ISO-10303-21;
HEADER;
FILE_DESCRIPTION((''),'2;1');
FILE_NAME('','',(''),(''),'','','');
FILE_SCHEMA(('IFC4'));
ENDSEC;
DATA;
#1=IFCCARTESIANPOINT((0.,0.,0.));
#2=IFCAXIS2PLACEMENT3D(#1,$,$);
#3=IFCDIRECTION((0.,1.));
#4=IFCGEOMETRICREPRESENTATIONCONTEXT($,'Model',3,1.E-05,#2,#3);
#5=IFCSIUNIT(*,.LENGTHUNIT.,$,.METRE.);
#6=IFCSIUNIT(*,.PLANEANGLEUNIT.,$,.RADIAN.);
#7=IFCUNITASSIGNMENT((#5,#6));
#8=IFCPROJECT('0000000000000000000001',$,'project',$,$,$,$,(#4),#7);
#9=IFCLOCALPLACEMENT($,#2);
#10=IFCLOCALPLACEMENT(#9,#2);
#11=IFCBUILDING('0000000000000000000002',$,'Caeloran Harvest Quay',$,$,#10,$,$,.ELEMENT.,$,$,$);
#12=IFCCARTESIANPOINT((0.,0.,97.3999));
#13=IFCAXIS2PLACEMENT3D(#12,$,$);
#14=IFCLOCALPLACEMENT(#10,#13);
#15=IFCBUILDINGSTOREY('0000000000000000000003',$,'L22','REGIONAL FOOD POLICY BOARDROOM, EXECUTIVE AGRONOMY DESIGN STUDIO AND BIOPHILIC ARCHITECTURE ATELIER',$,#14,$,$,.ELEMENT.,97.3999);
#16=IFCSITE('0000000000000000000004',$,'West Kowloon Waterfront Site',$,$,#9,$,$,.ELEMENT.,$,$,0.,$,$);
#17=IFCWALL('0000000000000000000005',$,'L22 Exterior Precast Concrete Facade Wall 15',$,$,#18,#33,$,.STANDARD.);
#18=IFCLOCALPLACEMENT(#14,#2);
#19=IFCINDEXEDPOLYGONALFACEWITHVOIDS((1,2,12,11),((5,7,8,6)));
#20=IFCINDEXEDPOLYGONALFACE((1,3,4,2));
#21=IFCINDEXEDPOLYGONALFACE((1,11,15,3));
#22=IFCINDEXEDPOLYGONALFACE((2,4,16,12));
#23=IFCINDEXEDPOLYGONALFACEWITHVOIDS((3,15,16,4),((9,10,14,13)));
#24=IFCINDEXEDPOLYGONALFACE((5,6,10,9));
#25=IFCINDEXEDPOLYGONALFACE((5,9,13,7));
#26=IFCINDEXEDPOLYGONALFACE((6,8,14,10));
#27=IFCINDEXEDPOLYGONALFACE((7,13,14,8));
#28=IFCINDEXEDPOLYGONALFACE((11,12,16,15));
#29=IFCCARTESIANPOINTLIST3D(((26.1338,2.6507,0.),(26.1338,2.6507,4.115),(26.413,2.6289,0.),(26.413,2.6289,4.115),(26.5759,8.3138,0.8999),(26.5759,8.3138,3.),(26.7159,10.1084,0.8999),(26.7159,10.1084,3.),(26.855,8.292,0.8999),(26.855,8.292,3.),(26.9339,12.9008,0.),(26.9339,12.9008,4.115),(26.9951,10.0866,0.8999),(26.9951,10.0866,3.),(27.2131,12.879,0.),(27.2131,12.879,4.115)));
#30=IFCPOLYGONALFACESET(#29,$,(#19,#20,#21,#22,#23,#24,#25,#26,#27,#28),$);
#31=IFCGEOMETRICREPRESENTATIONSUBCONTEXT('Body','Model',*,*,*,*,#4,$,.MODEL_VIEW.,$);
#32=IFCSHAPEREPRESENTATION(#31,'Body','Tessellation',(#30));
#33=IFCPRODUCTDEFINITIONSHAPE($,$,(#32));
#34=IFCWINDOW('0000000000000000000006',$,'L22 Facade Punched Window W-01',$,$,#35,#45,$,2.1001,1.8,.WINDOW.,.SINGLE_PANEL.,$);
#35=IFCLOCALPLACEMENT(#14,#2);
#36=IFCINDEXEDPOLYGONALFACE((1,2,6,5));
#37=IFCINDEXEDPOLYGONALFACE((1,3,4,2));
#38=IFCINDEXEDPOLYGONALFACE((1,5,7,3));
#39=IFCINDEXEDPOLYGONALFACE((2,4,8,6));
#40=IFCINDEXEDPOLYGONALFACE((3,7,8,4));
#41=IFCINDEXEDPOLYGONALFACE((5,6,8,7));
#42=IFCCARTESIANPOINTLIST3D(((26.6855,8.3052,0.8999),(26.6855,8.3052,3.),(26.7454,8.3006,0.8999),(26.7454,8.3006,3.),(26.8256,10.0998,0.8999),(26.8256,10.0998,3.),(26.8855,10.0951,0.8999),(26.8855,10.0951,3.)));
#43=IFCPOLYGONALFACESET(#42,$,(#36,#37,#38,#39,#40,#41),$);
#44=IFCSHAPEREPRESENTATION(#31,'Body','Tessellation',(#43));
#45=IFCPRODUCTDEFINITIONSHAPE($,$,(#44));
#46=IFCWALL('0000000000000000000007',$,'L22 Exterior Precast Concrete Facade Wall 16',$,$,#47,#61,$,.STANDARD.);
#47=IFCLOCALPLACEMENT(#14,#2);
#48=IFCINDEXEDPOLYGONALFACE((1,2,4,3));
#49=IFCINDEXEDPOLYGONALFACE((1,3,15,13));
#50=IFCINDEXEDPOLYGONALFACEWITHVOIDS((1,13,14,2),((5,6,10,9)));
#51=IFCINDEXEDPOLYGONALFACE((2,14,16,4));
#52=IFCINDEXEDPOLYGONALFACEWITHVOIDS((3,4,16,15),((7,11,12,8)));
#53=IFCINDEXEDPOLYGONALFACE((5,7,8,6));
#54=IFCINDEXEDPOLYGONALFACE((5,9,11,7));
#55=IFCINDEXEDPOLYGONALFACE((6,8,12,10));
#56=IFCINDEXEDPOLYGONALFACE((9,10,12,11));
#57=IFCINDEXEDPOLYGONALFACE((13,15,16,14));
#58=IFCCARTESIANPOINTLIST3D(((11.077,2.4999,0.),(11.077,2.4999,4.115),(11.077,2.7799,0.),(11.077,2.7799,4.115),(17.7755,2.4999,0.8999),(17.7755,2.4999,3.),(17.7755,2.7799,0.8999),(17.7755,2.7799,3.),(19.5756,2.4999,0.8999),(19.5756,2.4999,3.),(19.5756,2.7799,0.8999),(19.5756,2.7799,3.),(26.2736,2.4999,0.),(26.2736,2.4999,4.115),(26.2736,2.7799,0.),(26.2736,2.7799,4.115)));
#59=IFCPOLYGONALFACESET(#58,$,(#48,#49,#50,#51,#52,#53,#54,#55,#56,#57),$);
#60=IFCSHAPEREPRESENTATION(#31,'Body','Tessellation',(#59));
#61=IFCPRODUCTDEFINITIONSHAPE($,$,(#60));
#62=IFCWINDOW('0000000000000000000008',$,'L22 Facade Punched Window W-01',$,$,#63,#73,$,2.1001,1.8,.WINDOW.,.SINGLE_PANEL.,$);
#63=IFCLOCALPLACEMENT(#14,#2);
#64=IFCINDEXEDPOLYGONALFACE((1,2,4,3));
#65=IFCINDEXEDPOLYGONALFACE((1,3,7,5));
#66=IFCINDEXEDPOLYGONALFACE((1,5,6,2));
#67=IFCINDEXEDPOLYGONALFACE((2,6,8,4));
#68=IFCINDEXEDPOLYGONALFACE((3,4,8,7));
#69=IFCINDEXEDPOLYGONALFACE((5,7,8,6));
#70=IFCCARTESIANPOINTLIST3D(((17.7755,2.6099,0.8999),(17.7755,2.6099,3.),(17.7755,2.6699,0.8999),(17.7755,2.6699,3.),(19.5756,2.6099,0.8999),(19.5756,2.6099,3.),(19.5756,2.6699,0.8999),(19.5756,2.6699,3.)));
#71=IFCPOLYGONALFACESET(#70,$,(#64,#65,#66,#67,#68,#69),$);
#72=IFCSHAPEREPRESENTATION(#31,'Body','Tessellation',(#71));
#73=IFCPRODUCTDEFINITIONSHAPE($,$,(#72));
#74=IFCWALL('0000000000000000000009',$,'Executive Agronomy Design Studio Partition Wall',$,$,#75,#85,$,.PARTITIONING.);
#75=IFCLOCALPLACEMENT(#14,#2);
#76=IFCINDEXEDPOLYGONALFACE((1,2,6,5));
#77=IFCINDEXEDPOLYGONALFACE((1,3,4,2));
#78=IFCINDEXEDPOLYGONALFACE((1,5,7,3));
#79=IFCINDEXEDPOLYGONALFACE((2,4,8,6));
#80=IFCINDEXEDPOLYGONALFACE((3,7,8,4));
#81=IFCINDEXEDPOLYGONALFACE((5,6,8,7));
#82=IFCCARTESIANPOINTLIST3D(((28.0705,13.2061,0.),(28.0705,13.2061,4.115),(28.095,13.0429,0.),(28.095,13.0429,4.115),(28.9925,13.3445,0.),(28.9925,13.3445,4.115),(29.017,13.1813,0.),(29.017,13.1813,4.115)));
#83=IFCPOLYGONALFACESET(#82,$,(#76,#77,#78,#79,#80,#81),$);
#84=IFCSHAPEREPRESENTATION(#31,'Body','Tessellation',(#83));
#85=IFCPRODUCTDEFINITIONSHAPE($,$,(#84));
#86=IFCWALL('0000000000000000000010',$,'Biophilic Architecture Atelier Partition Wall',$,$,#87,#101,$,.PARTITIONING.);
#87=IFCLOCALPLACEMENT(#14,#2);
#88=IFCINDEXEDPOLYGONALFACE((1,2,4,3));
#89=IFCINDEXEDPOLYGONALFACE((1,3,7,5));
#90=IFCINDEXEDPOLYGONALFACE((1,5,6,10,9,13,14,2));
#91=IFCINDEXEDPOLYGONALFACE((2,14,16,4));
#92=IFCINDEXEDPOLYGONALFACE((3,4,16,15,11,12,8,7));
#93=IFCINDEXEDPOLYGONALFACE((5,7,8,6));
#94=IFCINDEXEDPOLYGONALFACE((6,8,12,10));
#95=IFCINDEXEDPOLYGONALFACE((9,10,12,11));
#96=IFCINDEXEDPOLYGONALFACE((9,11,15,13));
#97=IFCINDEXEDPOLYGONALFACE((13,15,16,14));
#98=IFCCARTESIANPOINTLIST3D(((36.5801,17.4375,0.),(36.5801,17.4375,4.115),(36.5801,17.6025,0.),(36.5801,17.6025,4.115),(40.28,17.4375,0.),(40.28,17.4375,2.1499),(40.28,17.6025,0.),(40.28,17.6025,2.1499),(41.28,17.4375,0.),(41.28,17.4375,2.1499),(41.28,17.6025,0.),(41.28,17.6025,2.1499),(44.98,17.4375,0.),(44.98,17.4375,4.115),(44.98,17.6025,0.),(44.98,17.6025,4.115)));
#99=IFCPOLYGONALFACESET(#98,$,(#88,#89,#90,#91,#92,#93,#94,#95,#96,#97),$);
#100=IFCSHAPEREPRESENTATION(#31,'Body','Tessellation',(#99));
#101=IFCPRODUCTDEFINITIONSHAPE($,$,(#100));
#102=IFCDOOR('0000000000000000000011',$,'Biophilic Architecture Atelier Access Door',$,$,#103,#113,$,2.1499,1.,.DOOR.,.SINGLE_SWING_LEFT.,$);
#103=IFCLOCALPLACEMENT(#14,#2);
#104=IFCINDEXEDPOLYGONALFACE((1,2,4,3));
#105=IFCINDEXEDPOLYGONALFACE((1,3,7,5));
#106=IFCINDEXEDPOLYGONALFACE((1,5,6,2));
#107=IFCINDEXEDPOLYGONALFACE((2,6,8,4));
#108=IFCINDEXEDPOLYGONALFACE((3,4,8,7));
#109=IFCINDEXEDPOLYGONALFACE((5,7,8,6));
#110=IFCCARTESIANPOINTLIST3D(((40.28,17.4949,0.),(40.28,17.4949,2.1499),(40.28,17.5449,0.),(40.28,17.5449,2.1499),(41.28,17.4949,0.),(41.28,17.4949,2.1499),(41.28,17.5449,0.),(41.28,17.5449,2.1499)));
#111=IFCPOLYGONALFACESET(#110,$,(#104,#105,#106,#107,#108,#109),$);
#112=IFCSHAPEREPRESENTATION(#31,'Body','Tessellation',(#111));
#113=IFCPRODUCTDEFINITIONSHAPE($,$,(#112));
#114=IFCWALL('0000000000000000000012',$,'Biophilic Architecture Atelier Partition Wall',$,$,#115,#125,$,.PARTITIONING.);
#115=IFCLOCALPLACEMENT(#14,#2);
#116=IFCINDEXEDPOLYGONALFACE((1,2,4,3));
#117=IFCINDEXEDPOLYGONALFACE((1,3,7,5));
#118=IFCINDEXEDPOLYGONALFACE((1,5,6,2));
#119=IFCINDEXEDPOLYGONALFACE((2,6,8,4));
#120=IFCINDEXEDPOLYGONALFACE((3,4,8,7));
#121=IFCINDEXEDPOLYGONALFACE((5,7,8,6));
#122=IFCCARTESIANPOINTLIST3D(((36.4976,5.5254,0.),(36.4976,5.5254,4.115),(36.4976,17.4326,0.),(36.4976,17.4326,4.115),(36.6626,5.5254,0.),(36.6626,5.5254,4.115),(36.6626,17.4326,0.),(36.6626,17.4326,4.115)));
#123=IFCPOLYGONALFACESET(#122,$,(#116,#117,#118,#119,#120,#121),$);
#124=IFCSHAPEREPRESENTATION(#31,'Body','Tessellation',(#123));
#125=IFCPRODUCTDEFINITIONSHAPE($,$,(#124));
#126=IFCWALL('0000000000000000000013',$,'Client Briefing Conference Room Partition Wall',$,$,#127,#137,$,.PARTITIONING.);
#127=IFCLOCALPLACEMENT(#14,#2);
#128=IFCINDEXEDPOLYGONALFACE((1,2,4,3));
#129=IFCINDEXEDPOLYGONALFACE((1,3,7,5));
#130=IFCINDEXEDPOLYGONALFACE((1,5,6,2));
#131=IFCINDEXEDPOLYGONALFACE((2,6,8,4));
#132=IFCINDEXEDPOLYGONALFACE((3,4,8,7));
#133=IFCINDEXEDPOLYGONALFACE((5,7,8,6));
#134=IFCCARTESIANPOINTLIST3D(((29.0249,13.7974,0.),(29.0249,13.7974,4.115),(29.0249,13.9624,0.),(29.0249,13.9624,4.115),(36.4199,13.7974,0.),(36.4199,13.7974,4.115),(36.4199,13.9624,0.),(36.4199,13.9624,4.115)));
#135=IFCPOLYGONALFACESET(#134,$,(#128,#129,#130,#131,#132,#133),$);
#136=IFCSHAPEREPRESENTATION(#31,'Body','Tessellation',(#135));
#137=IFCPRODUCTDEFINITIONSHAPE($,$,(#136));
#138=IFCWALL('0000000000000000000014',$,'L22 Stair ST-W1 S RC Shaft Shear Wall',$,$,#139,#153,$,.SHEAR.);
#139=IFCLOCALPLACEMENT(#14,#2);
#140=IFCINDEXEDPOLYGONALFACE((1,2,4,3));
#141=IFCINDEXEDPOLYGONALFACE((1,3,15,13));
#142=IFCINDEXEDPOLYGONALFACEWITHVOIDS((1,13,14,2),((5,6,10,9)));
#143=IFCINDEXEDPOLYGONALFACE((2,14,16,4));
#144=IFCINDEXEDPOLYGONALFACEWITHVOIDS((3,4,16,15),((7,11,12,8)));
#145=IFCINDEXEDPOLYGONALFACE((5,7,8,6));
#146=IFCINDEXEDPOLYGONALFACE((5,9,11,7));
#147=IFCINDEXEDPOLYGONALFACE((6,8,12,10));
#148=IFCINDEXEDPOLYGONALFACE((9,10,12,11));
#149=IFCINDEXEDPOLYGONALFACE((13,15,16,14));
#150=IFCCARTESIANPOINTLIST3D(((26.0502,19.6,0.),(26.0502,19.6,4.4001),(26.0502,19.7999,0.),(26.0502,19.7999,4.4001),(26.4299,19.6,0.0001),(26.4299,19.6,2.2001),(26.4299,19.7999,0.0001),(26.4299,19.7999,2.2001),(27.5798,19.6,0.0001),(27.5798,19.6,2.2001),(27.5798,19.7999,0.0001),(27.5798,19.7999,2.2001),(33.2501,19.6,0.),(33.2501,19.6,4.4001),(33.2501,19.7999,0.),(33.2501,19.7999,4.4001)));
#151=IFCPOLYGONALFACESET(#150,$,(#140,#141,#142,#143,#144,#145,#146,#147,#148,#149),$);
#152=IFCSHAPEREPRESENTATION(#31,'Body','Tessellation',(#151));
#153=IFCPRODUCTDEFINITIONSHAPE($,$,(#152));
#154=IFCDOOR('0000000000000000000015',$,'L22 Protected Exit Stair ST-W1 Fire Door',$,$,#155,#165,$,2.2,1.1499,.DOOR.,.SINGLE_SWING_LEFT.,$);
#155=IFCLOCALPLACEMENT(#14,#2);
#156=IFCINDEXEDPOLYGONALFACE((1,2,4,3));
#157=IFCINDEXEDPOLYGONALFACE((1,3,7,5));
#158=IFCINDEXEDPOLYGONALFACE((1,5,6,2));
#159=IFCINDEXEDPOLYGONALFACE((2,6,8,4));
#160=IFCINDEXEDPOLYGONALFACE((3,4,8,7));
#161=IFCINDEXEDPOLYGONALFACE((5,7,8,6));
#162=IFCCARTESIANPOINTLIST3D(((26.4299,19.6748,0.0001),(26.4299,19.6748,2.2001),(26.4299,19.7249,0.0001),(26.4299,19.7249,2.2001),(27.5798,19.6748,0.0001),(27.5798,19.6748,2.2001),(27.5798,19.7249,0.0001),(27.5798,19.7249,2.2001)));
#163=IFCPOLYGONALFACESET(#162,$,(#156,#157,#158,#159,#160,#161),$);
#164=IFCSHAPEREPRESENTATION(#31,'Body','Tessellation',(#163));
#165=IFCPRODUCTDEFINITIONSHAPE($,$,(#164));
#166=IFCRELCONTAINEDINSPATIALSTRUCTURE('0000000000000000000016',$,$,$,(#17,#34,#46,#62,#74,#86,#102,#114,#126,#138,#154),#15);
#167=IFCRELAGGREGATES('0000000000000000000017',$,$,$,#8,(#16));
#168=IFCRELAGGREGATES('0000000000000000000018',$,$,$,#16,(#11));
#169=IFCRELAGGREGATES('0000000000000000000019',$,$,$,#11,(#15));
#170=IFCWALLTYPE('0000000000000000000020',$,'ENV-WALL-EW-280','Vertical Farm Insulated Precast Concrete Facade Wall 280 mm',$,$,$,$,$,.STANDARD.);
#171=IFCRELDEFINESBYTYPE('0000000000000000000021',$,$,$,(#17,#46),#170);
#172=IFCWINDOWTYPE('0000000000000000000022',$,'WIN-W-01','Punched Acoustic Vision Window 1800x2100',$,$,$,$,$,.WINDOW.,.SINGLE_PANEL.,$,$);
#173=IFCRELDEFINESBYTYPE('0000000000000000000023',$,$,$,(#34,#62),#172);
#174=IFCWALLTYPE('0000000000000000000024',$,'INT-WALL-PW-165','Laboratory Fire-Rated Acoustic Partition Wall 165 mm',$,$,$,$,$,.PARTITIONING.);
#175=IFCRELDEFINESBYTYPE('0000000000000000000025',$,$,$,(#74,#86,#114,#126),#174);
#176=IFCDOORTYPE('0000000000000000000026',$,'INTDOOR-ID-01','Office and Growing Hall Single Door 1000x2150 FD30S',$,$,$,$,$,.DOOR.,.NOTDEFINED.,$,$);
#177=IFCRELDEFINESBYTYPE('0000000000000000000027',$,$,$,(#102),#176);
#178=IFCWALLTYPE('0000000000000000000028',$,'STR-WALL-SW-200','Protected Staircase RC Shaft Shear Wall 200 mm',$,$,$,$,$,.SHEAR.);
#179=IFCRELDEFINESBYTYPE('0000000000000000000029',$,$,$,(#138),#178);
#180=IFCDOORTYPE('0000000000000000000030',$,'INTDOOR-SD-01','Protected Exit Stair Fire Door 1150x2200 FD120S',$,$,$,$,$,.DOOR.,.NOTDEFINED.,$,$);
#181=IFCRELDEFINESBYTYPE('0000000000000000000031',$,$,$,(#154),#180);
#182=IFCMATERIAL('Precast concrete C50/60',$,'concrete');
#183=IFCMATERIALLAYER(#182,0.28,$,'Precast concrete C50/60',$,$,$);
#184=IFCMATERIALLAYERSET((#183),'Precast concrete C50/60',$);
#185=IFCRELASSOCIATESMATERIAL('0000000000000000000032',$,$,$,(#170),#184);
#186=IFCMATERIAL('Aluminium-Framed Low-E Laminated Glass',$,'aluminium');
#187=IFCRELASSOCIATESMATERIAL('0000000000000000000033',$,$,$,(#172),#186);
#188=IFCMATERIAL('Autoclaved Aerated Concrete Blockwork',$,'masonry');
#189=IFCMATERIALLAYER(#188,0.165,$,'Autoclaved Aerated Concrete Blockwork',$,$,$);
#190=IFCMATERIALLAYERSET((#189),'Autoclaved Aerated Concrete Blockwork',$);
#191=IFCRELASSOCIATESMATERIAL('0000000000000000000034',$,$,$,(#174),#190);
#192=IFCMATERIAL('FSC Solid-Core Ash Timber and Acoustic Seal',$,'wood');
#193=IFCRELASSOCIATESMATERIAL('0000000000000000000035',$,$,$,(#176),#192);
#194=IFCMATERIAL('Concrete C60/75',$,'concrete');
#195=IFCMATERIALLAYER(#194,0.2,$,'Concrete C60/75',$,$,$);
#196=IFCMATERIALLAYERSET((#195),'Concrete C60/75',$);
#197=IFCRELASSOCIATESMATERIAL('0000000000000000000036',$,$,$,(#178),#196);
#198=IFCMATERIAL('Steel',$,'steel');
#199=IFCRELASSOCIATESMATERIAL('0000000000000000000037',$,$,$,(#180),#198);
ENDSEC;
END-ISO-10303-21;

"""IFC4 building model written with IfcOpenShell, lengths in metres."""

from ifc_helpers import new_model, si_unit, direction, frame, frame_2d, origin, place, context, subcontext, project, spatial, rectangle, extrude, material, layer, layer_set, type_object, element, fill, save


model = new_model("IFC4")

# Units and contexts
model_context = context("Model", 3, precision=1e-05, world=origin(), true_north=direction((0.0, 1.0)))
body_context = subcontext(model_context, "Body", "Model", "MODEL_VIEW")
ifc_project = project(units=[si_unit("LENGTHUNIT", "METRE"), si_unit("PLANEANGLEUNIT", "RADIAN")], contexts=[model_context])

# Site, building, storey
site_placement = place(None, origin())
site = spatial("IfcSite", under=ifc_project, at=site_placement, Name="West Kowloon Waterfront Site", CompositionType="ELEMENT", RefElevation=0.0)
building_placement = place(site_placement, origin())
building = spatial("IfcBuilding", under=site, at=building_placement, Name="Caeloran Harvest Quay", CompositionType="ELEMENT")
storey_placement = place(building_placement, frame((0.0, 0.0, 97.3999)))
storey = spatial("IfcBuildingStorey", under=building, at=storey_placement, Name="L22", Description="REGIONAL FOOD POLICY BOARDROOM, EXECUTIVE AGRONOMY DESIGN STUDIO AND BIOPHILIC ARCHITECTURE ATELIER", CompositionType="ELEMENT", Elevation=97.3999)

# Shared definitions
ifc_material_1 = material(Name="Precast concrete C50/60", Category="concrete")

# Walls, openings, windows
ifc_layer_1 = layer(ifc_material_1, 0.28, Name="Precast concrete C50/60")
ifc_layer_set_1 = layer_set([ifc_layer_1], Name="Precast concrete C50/60")
wall_type_1 = type_object("IfcWallType", Name="ENV-WALL-EW-280", Description="Vertical Farm Insulated Precast Concrete Facade Wall 280 mm", PredefinedType="STANDARD", material=ifc_layer_set_1)
ifc_material_2 = material(Name="Aluminium-Framed Low-E Laminated Glass", Category="aluminium")
window_type = type_object("IfcWindowType", Name="WIN-W-01", Description="Punched Acoustic Vision Window 1800x2100", PartitioningType="SINGLE_PANEL", PredefinedType="WINDOW", material=ifc_material_2)
wall_1_placement = place(storey_placement, frame((27.0735, 12.8899, 0.0), z_axis=(0.0, 0.0, 1.0), x_axis=(-0.077817, -0.996968, 0.0)))
wall_1 = element("IfcWall", 1, at=wall_1_placement, inside=storey, type_object=wall_type_1, Name="L22 Exterior Precast Concrete Facade Wall 15", PredefinedType="STANDARD", context=body_context, shape_type="SweptSolid", body=[
    extrude(rectangle(XDim=10.2812, YDim=0.28, at=frame_2d((5.1406, 0.0))), origin(), (0.0, 0.0, 1.0), 4.115),
])
opening_1_placement = place(wall_1_placement, frame((2.801, 0.0, 0.8999)))
opening_1 = element("IfcOpeningElement", 2, at=opening_1_placement, cuts=wall_1, PredefinedType="OPENING", context=body_context, shape_type="SweptSolid", body=[
    extrude(rectangle(XDim=1.8, YDim=2.1001, at=frame_2d((0.8999, 1.05))), frame((0.0, 0.1499, 0.0), z_axis=(0.0, -1.0, 0.0), x_axis=(1.0, 0.0, 0.0)), (0.0, 0.0, 1.0), 0.3),
])
window_1_placement = place(opening_1_placement, origin())
window_1 = element("IfcWindow", 3, at=window_1_placement, inside=storey, type_object=window_type, Name="L22 Facade Punched Window W-01", OverallHeight=2.1001, OverallWidth=1.8, PartitioningType="SINGLE_PANEL", PredefinedType="WINDOW", context=body_context, shape_type="SweptSolid", body=[
    extrude(rectangle(XDim=1.8, YDim=2.1001, at=frame_2d((0.8999, 1.05))), frame((0.0, 0.03, 0.0), z_axis=(0.0, -1.0, 0.0), x_axis=(1.0, 0.0, 0.0)), (0.0, 0.0, 1.0), 0.0601),
])
fill(opening_1, window_1)
wall_2_placement = place(storey_placement, frame((26.2734, 2.6399, 0.0), z_axis=(0.0, 0.0, 1.0), x_axis=(-1.0, 0.0, 0.0)))
wall_2 = element("IfcWall", 4, at=wall_2_placement, inside=storey, type_object=wall_type_1, Name="L22 Exterior Precast Concrete Facade Wall 16", PredefinedType="STANDARD", context=body_context, shape_type="SweptSolid", body=[
    extrude(rectangle(XDim=15.1965, YDim=0.28, at=frame_2d((7.5981, 0.0))), origin(), (0.0, 0.0, 1.0), 4.115),
])
opening_2_placement = place(wall_2_placement, frame((6.698, 0.0, 0.8999)))
opening_2 = element("IfcOpeningElement", 5, at=opening_2_placement, cuts=wall_2, PredefinedType="OPENING", context=body_context, shape_type="SweptSolid", body=[
    extrude(rectangle(XDim=1.8, YDim=2.1001, at=frame_2d((0.8999, 1.05))), frame((0.0, 0.1499, 0.0), z_axis=(0.0, -1.0, 0.0), x_axis=(1.0, 0.0, 0.0)), (0.0, 0.0, 1.0), 0.3),
])
window_2_placement = place(opening_2_placement, origin())
window_2 = element("IfcWindow", 6, at=window_2_placement, inside=storey, type_object=window_type, Name="L22 Facade Punched Window W-01", OverallHeight=2.1001, OverallWidth=1.8, PartitioningType="SINGLE_PANEL", PredefinedType="WINDOW", context=body_context, shape_type="SweptSolid", body=[
    extrude(rectangle(XDim=1.8, YDim=2.1001, at=frame_2d((0.8999, 1.05))), frame((0.0, 0.03, 0.0), z_axis=(0.0, -1.0, 0.0), x_axis=(1.0, 0.0, 0.0)), (0.0, 0.0, 1.0), 0.0601),
])
fill(opening_2, window_2)

# Wall
ifc_material_3 = material(Name="Autoclaved Aerated Concrete Blockwork", Category="masonry")
ifc_layer_2 = layer(ifc_material_3, 0.165, Name="Autoclaved Aerated Concrete Blockwork")
ifc_layer_set_2 = layer_set([ifc_layer_2], Name="Autoclaved Aerated Concrete Blockwork")
wall_type_2 = type_object("IfcWallType", Name="INT-WALL-PW-165", Description="Laboratory Fire-Rated Acoustic Partition Wall 165 mm", PredefinedType="PARTITIONING", material=ifc_layer_set_2)
wall_3_placement = place(storey_placement, frame((29.0049, 13.2629, 0.0), z_axis=(0.0, 0.0, 1.0), x_axis=(-0.988919, -0.148456, 0.0)))
element("IfcWall", 7, at=wall_3_placement, inside=storey, type_object=wall_type_2, Name="Executive Agronomy Design Studio Partition Wall", PredefinedType="PARTITIONING", context=body_context, shape_type="SweptSolid", body=[
    extrude(rectangle(XDim=0.9324, YDim=0.165, at=frame_2d((0.4663, 0.0))), origin(), (0.0, 0.0, 1.0), 4.115),
])

# Wall, opening, door
wall_4_placement = place(storey_placement, frame((36.5801, 17.52, 0.0), z_axis=(0.0, 0.0, 1.0), x_axis=(1.0, 0.0, 0.0)))
wall_4 = element("IfcWall", 8, at=wall_4_placement, inside=storey, type_object=wall_type_2, Name="Biophilic Architecture Atelier Partition Wall", PredefinedType="PARTITIONING", context=body_context, shape_type="SweptSolid", body=[
    extrude(rectangle(XDim=8.3999, YDim=0.165, at=frame_2d((4.2, 0.0))), origin(), (0.0, 0.0, 1.0), 4.115),
])
opening_3_placement = place(wall_4_placement, frame((3.7, 0.0, 0.0)))
opening_3 = element("IfcOpeningElement", 9, at=opening_3_placement, cuts=wall_4, PredefinedType="OPENING", context=body_context, shape_type="SweptSolid", body=[
    extrude(rectangle(XDim=1.0, YDim=2.1499, at=frame_2d((0.5, 1.075))), frame((0.0, 0.0925, 0.0), z_axis=(0.0, -1.0, 0.0), x_axis=(1.0, 0.0, 0.0)), (0.0, 0.0, 1.0), 0.1851),
])
ifc_material_4 = material(Name="FSC Solid-Core Ash Timber and Acoustic Seal", Category="wood")
door_type_1 = type_object("IfcDoorType", Name="INTDOOR-ID-01", Description="Office and Growing Hall Single Door 1000x2150 FD30S", OperationType="NOTDEFINED", PredefinedType="DOOR", material=ifc_material_4)
door_1_placement = place(opening_3_placement, origin())
door_1 = element("IfcDoor", 10, at=door_1_placement, inside=storey, type_object=door_type_1, Name="Biophilic Architecture Atelier Access Door", OperationType="SINGLE_SWING_LEFT", OverallHeight=2.1499, OverallWidth=1.0, PredefinedType="DOOR", context=body_context, shape_type="SweptSolid", body=[
    extrude(rectangle(XDim=1.0, YDim=2.1499, at=frame_2d((0.5, 1.075))), frame((0.0, 0.0249, 0.0), z_axis=(0.0, -1.0, 0.0), x_axis=(1.0, 0.0, 0.0)), (0.0, 0.0, 1.0), 0.05),
])
fill(opening_3, door_1)

# Walls
wall_5_placement = place(storey_placement, frame((36.5801, 5.5254, 0.0), z_axis=(0.0, 0.0, 1.0), x_axis=(0.0, 1.0, 0.0)))
element("IfcWall", 11, at=wall_5_placement, inside=storey, type_object=wall_type_2, Name="Biophilic Architecture Atelier Partition Wall", PredefinedType="PARTITIONING", context=body_context, shape_type="SweptSolid", body=[
    extrude(rectangle(XDim=11.9072, YDim=0.165, at=frame_2d((5.9536, 0.0))), origin(), (0.0, 0.0, 1.0), 4.115),
])
wall_6_placement = place(storey_placement, frame((36.4199, 13.8799, 0.0), z_axis=(0.0, 0.0, 1.0), x_axis=(-1.0, 0.0, 0.0)))
element("IfcWall", 12, at=wall_6_placement, inside=storey, type_object=wall_type_2, Name="Client Briefing Conference Room Partition Wall", PredefinedType="PARTITIONING", context=body_context, shape_type="SweptSolid", body=[
    extrude(rectangle(XDim=7.395, YDim=0.165, at=frame_2d((3.6975, 0.0))), origin(), (0.0, 0.0, 1.0), 4.115),
])

# Wall, opening, door
ifc_material_5 = material(Name="Concrete C60/75", Category="concrete")
ifc_layer_3 = layer(ifc_material_5, 0.2, Name="Concrete C60/75")
ifc_layer_set_3 = layer_set([ifc_layer_3], Name="Concrete C60/75")
wall_type_3 = type_object("IfcWallType", Name="STR-WALL-SW-200", Description="Protected Staircase RC Shaft Shear Wall 200 mm", PredefinedType="SHEAR", material=ifc_layer_set_3)
wall_7_placement = place(storey_placement, frame((26.05, 19.7, 0.0), z_axis=(0.0, 0.0, 1.0), x_axis=(1.0, 0.0, 0.0)))
wall_7 = element("IfcWall", 13, at=wall_7_placement, inside=storey, type_object=wall_type_3, Name="L22 Stair ST-W1 S RC Shaft Shear Wall", PredefinedType="SHEAR", context=body_context, shape_type="SweptSolid", body=[
    extrude(rectangle(XDim=7.2, YDim=0.2, at=frame_2d((3.6001, 0.0))), origin(), (0.0, 0.0, 1.0), 4.4001),
])
opening_4_placement = place(wall_7_placement, frame((0.3799, 0.0, 0.0)))
opening_4 = element("IfcOpeningElement", 14, at=opening_4_placement, cuts=wall_7, PredefinedType="OPENING", context=body_context, shape_type="SweptSolid", body=[
    extrude(rectangle(XDim=1.1499, YDim=2.2, at=frame_2d((0.575, 1.1001))), frame((0.0, 0.1099, 0.0), z_axis=(0.0, -1.0, 0.0), x_axis=(1.0, 0.0, 0.0)), (0.0, 0.0, 1.0), 0.22),
])
ifc_material_6 = material(Name="Steel", Category="steel")
door_type_2 = type_object("IfcDoorType", Name="INTDOOR-SD-01", Description="Protected Exit Stair Fire Door 1150x2200 FD120S", OperationType="NOTDEFINED", PredefinedType="DOOR", material=ifc_material_6)
door_2_placement = place(opening_4_placement, origin())
door_2 = element("IfcDoor", 15, at=door_2_placement, inside=storey, type_object=door_type_2, Name="L22 Protected Exit Stair ST-W1 Fire Door", OperationType="SINGLE_SWING_LEFT", OverallHeight=2.2, OverallWidth=1.1499, PredefinedType="DOOR", context=body_context, shape_type="SweptSolid", body=[
    extrude(rectangle(XDim=1.1499, YDim=2.2, at=frame_2d((0.575, 1.1001))), frame((0.0, 0.0249, 0.0), z_axis=(0.0, -1.0, 0.0), x_axis=(1.0, 0.0, 0.0)), (0.0, 0.0, 1.0), 0.05),
])
fill(opening_4, door_2)

save(model, "model.ifc")
